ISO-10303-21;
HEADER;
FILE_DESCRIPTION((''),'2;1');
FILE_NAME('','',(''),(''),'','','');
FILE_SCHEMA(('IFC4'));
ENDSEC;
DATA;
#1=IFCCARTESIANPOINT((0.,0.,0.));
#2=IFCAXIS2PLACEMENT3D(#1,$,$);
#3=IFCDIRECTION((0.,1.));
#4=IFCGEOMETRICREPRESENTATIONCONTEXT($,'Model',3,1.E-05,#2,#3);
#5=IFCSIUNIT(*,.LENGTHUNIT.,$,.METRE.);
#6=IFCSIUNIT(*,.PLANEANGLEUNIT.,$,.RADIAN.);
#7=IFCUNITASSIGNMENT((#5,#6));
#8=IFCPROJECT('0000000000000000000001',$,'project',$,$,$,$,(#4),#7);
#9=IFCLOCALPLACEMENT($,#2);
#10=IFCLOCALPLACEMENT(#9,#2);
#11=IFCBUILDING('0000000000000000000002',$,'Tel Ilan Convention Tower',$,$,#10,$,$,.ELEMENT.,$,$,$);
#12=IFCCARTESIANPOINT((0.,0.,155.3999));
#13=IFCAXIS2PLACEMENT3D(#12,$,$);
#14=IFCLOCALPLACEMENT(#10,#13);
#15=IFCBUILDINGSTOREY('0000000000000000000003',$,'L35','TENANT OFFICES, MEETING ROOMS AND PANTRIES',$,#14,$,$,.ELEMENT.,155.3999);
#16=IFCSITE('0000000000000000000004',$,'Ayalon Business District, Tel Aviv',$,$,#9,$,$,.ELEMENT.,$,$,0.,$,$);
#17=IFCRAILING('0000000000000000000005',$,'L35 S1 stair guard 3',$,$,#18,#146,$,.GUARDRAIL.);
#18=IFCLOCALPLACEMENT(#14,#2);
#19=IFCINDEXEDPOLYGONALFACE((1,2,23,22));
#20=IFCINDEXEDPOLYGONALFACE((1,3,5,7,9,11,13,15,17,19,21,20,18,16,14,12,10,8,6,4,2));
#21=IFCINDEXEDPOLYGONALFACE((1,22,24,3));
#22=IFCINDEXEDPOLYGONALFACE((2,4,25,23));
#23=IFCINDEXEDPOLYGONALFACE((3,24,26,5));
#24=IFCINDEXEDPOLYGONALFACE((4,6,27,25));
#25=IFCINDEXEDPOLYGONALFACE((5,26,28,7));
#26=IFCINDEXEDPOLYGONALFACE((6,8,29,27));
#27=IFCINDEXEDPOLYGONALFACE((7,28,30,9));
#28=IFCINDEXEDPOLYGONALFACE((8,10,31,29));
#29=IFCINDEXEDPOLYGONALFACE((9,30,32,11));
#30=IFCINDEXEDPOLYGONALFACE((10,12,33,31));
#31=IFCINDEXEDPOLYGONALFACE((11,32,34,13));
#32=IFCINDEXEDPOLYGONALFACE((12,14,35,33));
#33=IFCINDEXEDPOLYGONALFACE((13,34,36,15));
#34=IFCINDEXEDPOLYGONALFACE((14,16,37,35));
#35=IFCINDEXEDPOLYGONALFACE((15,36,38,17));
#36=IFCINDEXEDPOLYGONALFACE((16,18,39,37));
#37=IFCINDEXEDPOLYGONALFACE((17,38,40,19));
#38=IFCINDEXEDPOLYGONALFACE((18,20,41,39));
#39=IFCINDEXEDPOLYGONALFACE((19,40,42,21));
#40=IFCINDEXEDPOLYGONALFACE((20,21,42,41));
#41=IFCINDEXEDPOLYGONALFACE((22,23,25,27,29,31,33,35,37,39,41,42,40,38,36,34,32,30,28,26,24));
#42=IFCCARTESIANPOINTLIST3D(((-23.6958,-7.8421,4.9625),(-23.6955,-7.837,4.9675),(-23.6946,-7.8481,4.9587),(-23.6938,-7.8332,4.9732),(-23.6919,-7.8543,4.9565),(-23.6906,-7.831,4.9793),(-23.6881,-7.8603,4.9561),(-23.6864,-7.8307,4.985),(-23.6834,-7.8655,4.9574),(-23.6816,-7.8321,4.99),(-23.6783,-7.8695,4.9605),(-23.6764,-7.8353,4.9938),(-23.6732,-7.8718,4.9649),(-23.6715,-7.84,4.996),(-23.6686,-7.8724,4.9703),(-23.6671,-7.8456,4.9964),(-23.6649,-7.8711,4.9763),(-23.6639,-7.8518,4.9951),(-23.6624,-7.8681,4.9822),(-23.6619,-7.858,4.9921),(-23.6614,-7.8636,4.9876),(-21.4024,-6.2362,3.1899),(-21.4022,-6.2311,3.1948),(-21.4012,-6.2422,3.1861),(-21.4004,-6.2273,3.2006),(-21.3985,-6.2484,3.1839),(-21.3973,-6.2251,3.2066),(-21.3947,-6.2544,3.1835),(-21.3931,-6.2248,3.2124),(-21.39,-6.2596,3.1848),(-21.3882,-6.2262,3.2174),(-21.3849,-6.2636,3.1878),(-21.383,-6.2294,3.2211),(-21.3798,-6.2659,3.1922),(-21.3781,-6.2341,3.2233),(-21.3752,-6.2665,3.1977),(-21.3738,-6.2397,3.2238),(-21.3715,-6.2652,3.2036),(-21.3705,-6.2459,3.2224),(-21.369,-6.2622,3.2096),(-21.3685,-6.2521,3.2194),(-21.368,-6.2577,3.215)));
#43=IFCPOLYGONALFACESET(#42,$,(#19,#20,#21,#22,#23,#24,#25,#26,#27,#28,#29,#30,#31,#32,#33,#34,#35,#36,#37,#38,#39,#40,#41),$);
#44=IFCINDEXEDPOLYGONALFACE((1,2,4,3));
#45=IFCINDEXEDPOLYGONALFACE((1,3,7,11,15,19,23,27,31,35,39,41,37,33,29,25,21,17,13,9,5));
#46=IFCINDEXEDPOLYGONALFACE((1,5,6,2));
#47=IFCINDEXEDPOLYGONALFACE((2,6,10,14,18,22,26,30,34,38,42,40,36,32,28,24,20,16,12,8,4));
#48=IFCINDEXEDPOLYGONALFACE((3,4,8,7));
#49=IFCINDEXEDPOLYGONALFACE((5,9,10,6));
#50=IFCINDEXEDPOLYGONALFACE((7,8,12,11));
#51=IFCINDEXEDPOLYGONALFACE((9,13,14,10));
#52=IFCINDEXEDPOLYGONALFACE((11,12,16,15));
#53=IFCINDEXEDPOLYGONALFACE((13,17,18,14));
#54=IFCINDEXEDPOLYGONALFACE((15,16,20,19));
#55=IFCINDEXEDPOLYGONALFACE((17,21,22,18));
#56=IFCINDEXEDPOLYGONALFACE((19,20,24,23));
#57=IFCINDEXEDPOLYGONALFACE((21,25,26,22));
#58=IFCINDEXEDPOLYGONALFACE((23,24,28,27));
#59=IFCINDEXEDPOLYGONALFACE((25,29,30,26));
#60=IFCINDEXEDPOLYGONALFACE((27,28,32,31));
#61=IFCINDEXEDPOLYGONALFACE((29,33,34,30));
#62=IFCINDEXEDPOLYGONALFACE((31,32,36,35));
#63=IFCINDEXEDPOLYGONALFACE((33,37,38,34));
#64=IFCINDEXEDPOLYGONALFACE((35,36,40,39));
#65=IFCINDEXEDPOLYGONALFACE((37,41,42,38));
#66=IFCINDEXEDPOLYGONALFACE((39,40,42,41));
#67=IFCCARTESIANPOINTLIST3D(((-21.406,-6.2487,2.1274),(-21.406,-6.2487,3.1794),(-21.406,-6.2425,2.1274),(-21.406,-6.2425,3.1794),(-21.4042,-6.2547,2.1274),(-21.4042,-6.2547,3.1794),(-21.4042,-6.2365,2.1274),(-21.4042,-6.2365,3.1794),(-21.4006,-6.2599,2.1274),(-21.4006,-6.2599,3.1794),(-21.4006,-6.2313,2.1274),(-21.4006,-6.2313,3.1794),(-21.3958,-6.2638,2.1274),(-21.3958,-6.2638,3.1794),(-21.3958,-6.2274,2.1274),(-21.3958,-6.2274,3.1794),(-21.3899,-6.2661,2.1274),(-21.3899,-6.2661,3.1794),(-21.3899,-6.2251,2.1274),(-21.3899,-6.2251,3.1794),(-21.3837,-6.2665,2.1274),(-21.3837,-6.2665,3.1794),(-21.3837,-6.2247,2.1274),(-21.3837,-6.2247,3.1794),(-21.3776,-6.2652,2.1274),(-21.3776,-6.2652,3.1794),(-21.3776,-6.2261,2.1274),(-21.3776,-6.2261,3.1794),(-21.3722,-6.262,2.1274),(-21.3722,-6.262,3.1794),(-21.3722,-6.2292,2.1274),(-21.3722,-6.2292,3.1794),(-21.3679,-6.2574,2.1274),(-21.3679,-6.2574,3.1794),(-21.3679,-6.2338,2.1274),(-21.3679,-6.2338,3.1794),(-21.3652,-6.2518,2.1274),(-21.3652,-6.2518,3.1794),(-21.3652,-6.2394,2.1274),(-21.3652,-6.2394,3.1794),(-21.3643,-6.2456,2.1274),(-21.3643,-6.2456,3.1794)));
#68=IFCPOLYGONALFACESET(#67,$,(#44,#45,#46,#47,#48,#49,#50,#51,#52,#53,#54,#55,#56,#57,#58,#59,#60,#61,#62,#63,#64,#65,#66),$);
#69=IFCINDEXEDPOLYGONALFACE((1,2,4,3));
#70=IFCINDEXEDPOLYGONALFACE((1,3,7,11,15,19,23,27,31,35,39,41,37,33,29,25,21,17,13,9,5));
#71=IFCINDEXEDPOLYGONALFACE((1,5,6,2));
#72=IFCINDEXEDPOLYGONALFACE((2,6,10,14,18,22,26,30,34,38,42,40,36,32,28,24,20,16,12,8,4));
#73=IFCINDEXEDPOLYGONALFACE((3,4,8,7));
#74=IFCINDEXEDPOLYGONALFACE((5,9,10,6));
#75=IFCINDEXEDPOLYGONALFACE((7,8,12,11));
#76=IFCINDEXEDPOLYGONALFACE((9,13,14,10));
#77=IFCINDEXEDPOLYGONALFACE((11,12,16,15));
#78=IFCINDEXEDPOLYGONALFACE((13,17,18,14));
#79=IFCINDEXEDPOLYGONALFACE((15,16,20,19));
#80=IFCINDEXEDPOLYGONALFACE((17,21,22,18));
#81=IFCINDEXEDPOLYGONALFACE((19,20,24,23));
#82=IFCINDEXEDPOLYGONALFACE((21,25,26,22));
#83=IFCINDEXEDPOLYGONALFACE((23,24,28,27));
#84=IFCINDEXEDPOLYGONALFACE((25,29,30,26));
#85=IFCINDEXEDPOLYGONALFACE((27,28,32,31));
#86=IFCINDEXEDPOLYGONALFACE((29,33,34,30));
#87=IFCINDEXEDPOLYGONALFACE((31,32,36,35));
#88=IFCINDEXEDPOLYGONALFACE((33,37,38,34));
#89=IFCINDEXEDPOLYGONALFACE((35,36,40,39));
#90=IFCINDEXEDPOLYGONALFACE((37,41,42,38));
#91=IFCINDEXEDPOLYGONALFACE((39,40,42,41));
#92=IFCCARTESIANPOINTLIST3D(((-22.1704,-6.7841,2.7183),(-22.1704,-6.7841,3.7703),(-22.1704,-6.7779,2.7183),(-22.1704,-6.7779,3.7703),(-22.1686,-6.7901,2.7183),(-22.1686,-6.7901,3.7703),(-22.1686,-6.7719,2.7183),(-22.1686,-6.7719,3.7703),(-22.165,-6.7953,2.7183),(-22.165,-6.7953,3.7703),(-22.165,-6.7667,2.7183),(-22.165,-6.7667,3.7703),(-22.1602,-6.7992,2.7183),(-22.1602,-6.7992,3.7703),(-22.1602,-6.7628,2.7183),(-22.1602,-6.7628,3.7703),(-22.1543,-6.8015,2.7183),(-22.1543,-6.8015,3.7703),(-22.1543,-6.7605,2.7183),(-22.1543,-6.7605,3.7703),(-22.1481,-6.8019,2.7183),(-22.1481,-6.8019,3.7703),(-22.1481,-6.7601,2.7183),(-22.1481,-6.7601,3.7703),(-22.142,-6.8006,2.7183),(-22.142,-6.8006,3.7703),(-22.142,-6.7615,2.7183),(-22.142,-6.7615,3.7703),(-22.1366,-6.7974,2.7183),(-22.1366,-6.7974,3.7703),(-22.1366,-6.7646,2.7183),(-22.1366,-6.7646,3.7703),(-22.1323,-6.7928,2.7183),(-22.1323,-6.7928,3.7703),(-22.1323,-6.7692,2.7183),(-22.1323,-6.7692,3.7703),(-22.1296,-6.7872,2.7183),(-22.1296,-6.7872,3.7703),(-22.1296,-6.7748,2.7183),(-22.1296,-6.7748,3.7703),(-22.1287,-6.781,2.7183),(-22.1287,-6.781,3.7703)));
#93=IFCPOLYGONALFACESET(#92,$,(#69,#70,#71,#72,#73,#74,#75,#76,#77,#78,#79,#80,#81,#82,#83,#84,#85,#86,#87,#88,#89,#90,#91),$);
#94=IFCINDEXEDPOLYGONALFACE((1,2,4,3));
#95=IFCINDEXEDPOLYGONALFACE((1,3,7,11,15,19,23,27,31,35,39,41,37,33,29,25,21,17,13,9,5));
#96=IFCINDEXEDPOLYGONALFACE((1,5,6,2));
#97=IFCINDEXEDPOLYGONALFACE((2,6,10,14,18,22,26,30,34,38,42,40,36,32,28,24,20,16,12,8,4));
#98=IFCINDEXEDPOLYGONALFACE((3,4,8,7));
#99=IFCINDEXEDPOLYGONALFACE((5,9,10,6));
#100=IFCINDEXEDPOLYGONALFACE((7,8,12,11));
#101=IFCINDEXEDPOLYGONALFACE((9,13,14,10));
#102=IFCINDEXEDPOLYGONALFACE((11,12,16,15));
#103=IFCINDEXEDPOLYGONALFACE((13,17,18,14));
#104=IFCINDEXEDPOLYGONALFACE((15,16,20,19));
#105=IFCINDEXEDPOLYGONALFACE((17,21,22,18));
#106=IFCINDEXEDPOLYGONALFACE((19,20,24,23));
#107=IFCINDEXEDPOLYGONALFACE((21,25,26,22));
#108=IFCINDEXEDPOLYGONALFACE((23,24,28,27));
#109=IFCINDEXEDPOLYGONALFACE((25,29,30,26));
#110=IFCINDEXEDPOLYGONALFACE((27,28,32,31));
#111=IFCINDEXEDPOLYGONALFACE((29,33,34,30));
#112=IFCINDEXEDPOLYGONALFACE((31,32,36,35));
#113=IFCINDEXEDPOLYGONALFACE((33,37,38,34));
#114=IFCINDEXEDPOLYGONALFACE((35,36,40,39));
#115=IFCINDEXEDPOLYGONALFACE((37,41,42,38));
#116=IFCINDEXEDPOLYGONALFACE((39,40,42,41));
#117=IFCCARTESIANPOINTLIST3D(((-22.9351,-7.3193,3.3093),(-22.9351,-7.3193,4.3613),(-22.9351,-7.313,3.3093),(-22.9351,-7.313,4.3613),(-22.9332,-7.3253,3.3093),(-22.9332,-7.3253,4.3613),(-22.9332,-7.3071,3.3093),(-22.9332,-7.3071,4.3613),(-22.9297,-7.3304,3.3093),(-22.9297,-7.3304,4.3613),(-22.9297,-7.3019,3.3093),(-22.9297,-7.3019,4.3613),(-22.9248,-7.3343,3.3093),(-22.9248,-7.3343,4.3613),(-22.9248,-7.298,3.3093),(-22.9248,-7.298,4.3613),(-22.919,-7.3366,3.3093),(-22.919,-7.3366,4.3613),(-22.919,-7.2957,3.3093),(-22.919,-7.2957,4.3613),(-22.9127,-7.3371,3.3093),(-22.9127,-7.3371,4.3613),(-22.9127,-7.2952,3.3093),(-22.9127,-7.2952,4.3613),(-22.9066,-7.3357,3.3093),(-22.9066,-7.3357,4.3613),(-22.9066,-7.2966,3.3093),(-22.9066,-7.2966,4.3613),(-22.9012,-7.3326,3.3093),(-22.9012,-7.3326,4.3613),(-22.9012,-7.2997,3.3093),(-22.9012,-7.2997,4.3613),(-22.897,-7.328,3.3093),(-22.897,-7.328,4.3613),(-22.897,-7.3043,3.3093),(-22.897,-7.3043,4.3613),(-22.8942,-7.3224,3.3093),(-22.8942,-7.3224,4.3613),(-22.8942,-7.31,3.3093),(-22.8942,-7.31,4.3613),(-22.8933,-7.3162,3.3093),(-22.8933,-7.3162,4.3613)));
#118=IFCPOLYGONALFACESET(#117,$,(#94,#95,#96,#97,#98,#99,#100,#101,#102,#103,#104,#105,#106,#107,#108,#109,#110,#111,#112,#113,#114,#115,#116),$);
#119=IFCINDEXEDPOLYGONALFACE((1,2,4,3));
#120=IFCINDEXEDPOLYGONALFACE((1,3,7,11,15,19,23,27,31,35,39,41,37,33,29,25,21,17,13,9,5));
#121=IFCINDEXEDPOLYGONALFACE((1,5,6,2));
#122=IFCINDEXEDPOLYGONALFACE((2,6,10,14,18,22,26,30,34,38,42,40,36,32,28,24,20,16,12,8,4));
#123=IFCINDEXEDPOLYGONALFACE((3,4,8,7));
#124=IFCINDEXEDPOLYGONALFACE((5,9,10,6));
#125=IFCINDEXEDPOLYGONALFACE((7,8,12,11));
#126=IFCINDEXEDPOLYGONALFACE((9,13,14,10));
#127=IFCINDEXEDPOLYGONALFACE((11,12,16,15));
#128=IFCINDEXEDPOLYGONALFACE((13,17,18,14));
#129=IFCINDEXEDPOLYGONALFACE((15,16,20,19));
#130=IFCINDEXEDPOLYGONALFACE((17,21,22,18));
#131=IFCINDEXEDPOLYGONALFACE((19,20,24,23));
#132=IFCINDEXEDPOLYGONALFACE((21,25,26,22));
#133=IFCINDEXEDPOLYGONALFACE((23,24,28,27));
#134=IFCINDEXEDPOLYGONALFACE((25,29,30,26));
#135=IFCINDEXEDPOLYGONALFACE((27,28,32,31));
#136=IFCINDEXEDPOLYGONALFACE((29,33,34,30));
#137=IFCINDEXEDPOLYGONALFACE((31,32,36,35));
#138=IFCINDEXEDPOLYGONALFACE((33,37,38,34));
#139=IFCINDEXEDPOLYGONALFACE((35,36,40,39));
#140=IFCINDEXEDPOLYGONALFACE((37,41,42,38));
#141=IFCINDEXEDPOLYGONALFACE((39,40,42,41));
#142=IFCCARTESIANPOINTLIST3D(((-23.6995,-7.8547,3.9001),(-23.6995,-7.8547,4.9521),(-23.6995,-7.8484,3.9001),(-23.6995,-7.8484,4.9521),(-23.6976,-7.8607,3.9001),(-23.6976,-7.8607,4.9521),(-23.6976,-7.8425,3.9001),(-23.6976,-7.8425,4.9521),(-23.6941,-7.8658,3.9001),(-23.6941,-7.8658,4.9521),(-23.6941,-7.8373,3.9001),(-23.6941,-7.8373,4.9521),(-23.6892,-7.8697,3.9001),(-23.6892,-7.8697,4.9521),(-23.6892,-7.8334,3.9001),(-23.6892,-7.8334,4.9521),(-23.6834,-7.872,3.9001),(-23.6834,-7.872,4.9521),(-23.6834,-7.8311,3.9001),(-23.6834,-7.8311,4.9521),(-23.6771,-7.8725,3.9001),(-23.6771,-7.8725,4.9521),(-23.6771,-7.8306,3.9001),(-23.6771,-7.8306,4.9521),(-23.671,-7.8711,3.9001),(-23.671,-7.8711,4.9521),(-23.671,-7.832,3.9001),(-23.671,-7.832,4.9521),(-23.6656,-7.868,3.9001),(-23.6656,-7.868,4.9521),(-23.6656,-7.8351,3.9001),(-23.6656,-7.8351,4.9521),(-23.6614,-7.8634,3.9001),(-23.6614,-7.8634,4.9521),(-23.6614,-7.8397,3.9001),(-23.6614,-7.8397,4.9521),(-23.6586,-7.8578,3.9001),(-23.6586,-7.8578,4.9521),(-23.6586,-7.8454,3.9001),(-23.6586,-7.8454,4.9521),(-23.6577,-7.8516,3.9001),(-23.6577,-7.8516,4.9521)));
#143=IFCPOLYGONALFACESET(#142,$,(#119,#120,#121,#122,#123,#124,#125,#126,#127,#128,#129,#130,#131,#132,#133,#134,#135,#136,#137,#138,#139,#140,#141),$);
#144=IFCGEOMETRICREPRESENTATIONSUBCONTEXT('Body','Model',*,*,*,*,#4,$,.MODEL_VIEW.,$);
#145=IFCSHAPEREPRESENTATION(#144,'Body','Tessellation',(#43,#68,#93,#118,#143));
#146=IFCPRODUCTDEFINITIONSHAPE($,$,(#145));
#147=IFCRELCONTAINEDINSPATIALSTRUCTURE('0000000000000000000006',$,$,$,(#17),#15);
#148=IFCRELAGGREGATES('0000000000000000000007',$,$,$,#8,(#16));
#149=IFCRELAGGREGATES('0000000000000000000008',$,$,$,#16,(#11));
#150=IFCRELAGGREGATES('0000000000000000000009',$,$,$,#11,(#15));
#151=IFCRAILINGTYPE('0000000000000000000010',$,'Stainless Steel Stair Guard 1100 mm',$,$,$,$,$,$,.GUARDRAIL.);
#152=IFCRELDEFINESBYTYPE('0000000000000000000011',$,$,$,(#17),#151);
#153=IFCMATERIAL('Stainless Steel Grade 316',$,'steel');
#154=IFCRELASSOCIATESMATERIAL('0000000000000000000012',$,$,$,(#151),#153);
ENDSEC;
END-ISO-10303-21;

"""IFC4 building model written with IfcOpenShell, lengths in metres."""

from ifc_helpers import new_model, si_unit, direction, frame, origin, origin_2d, place, context, subcontext, project, spatial, circle, extrude, material, type_object, element, save


model = new_model("IFC4")

# Units and contexts
model_context = context("Model", 3, precision=1e-05, world=origin(), true_north=direction((0.0, 1.0)))
body_context = subcontext(model_context, "Body", "Model", "MODEL_VIEW")
ifc_project = project(units=[si_unit("LENGTHUNIT", "METRE"), si_unit("PLANEANGLEUNIT", "RADIAN")], contexts=[model_context])

# Site, building, storey
site_placement = place(None, origin())
site = spatial("IfcSite", under=ifc_project, at=site_placement, Name="Ayalon Business District, Tel Aviv", CompositionType="ELEMENT", RefElevation=0.0)
building_placement = place(site_placement, origin())
building = spatial("IfcBuilding", under=site, at=building_placement, Name="Tel Ilan Convention Tower", CompositionType="ELEMENT")
storey_placement = place(building_placement, frame((0.0, 0.0, 155.3999)))
storey = spatial("IfcBuildingStorey", under=building, at=storey_placement, Name="L35", Description="TENANT OFFICES, MEETING ROOMS AND PANTRIES", CompositionType="ELEMENT", Elevation=155.3999)

# Railing
ifc_material_1 = material(Name="Stainless Steel Grade 316", Category="steel")
railing_type_1 = type_object("IfcRailingType", Name="Stainless Steel Stair Guard 1100 mm", PredefinedType="GUARDRAIL", material=ifc_material_1)
railing_1_placement = place(storey_placement, frame((-21.3853, -6.2456, 2.1274)))
element("IfcRailing", 1, at=railing_1_placement, inside=storey, type_object=railing_type_1, Name="L35 S1 stair guard 3", PredefinedType="GUARDRAIL", context=body_context, shape_type="SweptSolid", body=[
    extrude(circle(Radius=0.0239, at=origin_2d()), frame((0.0, 0.0, 1.0762), z_axis=(-0.692085, -0.484621, 0.53494), x_axis=(0.573591, -0.819142, 0.0)), (0.0, 0.0, 1.0), 3.3137),
    extrude(circle(Radius=0.021, at=origin_2d()), origin(), (0.0, 0.0, 1.0), 1.052),
    extrude(circle(Radius=0.021, at=origin_2d()), frame((-0.7644, -0.5354, 0.5908)), (0.0, 0.0, 1.0), 1.052),
    extrude(circle(Radius=0.021, at=origin_2d()), frame((-1.5291, -1.0706, 1.1819)), (0.0, 0.0, 1.0), 1.052),
    extrude(circle(Radius=0.021, at=origin_2d()), frame((-2.2935, -1.606, 1.7727)), (0.0, 0.0, 1.0), 1.052),
])

save(model, "model.ifc")
